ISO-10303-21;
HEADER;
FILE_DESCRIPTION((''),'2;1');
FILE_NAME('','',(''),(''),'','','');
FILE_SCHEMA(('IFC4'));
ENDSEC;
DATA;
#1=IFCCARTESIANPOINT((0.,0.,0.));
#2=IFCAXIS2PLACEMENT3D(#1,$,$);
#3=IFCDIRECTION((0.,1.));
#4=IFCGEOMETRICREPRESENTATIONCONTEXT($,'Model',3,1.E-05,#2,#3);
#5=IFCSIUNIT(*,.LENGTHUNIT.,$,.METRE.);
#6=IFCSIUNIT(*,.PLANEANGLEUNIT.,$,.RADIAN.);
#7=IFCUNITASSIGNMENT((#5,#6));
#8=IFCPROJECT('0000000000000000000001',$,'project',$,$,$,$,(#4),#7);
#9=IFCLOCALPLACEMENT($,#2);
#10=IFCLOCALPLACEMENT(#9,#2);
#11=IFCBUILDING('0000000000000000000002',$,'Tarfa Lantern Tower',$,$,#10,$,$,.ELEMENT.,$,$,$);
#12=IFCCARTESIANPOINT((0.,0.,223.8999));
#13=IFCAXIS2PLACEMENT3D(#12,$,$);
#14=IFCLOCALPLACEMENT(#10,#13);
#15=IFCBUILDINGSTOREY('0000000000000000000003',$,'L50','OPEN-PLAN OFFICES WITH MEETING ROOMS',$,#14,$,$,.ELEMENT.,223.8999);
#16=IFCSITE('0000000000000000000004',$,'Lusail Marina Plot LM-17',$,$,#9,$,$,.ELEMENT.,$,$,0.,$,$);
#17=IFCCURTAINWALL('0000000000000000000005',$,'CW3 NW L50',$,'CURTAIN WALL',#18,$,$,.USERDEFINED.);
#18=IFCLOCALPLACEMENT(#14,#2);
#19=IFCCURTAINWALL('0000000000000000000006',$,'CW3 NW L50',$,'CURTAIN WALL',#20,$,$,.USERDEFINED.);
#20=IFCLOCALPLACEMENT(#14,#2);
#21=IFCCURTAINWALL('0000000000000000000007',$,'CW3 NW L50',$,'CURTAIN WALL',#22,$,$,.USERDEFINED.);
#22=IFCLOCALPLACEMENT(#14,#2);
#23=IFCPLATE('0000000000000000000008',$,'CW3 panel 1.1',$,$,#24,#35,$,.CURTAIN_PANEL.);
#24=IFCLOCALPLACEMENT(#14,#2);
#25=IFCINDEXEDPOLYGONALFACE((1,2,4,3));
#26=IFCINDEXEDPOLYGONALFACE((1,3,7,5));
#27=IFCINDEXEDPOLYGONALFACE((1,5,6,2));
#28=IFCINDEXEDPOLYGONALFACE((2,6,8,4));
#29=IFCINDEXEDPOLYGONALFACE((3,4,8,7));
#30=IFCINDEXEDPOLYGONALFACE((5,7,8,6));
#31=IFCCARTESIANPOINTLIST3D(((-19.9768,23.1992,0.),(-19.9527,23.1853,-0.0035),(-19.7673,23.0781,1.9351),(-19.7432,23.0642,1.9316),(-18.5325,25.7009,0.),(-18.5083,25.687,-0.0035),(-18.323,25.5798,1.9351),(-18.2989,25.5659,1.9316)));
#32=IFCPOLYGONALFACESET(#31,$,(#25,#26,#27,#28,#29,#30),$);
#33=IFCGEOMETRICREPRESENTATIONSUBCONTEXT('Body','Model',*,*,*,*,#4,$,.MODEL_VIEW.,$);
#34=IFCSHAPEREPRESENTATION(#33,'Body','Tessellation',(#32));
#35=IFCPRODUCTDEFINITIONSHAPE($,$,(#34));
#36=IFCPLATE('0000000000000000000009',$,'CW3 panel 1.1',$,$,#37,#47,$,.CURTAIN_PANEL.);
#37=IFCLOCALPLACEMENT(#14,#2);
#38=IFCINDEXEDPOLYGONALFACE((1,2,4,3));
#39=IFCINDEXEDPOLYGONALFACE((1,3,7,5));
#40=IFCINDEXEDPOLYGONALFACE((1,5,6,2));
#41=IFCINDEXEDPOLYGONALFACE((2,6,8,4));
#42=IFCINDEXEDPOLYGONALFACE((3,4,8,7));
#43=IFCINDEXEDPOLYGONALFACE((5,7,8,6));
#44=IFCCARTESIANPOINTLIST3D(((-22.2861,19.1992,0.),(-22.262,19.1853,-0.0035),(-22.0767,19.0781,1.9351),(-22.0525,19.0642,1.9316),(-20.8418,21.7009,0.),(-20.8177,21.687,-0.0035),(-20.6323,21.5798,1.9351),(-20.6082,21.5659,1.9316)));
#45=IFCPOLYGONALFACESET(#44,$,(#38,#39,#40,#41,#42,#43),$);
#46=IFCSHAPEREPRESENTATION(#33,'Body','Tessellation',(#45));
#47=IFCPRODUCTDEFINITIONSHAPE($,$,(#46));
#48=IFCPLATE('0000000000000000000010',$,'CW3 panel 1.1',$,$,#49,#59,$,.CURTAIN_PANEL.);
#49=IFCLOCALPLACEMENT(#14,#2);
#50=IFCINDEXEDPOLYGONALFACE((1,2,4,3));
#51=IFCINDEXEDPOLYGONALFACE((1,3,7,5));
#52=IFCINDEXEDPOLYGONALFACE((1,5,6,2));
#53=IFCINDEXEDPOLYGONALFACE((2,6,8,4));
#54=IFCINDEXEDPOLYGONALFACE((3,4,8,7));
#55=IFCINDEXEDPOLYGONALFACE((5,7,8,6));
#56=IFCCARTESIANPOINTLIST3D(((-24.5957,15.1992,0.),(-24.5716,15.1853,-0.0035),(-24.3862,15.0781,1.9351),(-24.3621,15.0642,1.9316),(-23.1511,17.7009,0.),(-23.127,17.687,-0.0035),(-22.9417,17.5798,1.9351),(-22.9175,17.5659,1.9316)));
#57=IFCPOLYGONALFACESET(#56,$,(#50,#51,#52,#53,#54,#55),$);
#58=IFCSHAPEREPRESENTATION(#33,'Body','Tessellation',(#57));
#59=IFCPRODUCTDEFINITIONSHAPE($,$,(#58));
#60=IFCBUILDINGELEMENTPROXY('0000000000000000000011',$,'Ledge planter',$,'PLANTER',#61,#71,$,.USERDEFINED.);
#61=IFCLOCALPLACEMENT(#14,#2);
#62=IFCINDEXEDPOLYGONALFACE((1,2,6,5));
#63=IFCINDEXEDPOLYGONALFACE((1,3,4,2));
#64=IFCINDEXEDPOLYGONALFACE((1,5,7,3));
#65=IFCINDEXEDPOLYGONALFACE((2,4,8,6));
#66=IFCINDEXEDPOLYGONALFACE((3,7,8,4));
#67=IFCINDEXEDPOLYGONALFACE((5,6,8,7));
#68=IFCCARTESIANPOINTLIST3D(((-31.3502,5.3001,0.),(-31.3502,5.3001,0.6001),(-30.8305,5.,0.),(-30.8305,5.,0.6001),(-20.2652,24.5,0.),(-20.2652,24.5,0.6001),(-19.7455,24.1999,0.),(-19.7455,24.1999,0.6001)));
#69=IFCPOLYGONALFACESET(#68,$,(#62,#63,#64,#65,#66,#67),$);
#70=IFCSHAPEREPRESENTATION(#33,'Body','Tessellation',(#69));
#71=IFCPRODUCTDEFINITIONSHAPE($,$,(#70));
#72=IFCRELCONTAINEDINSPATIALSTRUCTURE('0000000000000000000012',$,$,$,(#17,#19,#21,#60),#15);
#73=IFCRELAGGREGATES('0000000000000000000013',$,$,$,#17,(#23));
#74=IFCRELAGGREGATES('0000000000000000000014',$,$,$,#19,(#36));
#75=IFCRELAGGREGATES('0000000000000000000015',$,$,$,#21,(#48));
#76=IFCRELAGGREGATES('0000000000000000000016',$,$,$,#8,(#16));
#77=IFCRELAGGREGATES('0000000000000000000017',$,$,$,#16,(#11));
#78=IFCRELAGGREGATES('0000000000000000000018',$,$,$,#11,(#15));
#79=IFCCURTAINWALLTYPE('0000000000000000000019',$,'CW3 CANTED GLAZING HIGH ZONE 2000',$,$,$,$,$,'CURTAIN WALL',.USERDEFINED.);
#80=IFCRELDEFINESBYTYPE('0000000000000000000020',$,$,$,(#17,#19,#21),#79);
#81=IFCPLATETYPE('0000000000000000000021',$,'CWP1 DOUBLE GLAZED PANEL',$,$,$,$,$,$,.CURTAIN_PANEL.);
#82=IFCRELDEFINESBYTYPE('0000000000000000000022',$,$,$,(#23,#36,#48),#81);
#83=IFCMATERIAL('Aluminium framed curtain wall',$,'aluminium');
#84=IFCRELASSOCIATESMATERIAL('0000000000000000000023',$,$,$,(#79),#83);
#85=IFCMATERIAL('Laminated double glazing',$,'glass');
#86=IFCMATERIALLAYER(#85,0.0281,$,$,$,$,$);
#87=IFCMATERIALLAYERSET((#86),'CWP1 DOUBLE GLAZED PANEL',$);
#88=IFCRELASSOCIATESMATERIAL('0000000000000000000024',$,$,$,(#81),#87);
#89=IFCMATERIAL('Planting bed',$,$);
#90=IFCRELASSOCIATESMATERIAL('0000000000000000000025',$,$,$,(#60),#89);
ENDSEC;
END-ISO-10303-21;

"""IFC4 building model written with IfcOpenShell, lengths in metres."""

from ifc_helpers import new_model, si_unit, direction, frame, origin, origin_2d, place, context, subcontext, project, spatial, polyline, rectangle, outline, extrude, material, layer, layer_set, type_object, element, aggregate, save


model = new_model("IFC4")

# Units and contexts
model_context = context("Model", 3, precision=1e-05, world=origin(), true_north=direction((0.0, 1.0)))
body_context = subcontext(model_context, "Body", "Model", "MODEL_VIEW")
ifc_project = project(units=[si_unit("LENGTHUNIT", "METRE"), si_unit("PLANEANGLEUNIT", "RADIAN")], contexts=[model_context])

# Site, building, storey
site_placement = place(None, origin())
site = spatial("IfcSite", under=ifc_project, at=site_placement, Name="Lusail Marina Plot LM-17", CompositionType="ELEMENT", RefElevation=0.0)
building_placement = place(site_placement, origin())
building = spatial("IfcBuilding", under=site, at=building_placement, Name="Tarfa Lantern Tower", CompositionType="ELEMENT")
storey_placement = place(building_placement, frame((0.0, 0.0, 223.8999)))
storey = spatial("IfcBuildingStorey", under=building, at=storey_placement, Name="L50", Description="OPEN-PLAN OFFICES WITH MEETING ROOMS", CompositionType="ELEMENT", Elevation=223.8999)

# Curtain wall
ifc_material_1 = material(Name="Aluminium framed curtain wall", Category="aluminium")
curtain_wall_type = type_object("IfcCurtainWallType", Name="CW3 CANTED GLAZING HIGH ZONE 2000", ElementType="CURTAIN WALL", PredefinedType="USERDEFINED", material=ifc_material_1)
curtain_wall_1_placement = place(storey_placement, origin())
curtain_wall_1 = element("IfcCurtainWall", 1, at=curtain_wall_1_placement, inside=storey, type_object=curtain_wall_type, Name="CW3 NW L50", ObjectType="CURTAIN WALL", PredefinedType="USERDEFINED")

# Curtain walls
curtain_wall_2_placement = place(storey_placement, origin())
curtain_wall_2 = element("IfcCurtainWall", 2, at=curtain_wall_2_placement, inside=storey, type_object=curtain_wall_type, Name="CW3 NW L50", ObjectType="CURTAIN WALL", PredefinedType="USERDEFINED")
curtain_wall_3_placement = place(storey_placement, origin())
curtain_wall_3 = element("IfcCurtainWall", 3, at=curtain_wall_3_placement, inside=storey, type_object=curtain_wall_type, Name="CW3 NW L50", ObjectType="CURTAIN WALL", PredefinedType="USERDEFINED")

# Plates
ifc_material_2 = material(Name="Laminated double glazing", Category="glass")
ifc_layer = layer(ifc_material_2, 0.0281)
ifc_layer_set = layer_set([ifc_layer], Name="CWP1 DOUBLE GLAZED PANEL")
plate_type = type_object("IfcPlateType", Name="CWP1 DOUBLE GLAZED PANEL", PredefinedType="CURTAIN_PANEL", material=ifc_layer_set)
plate_1_placement = place(storey_placement, frame((-18.5325, 25.7009, 0.0), z_axis=(-0.859338, 0.49613, 0.124072), x_axis=(-0.499993, -0.866029, 0.0)))
plate_1 = element("IfcPlate", 4, at=plate_1_placement, type_object=plate_type, Name="CW3 panel 1.1", PredefinedType="CURTAIN_PANEL", context=body_context, shape_type="SweptSolid", body=[
    extrude(outline(polyline([(0.0, 0.0), (2.8887, 0.0), (2.8888, 1.9501), (0.0001, 1.9501), (0.0, 0.0)])), origin(), (0.0, 0.0, -1.0), 0.0281),
])
aggregate(curtain_wall_1, [plate_1])
plate_2_placement = place(storey_placement, frame((-20.8418, 21.7009, 0.0), z_axis=(-0.859338, 0.49613, 0.124072), x_axis=(-0.499993, -0.866029, 0.0)))
plate_2 = element("IfcPlate", 5, at=plate_2_placement, type_object=plate_type, Name="CW3 panel 1.1", PredefinedType="CURTAIN_PANEL", context=body_context, shape_type="SweptSolid", body=[
    extrude(outline(polyline([(0.0, 0.0), (2.8887, 0.0), (2.8888, 1.9501), (0.0001, 1.9501), (0.0, 0.0)])), origin(), (0.0, 0.0, -1.0), 0.0281),
])
aggregate(curtain_wall_2, [plate_2])
plate_3_placement = place(storey_placement, frame((-23.1511, 17.7009, 0.0), z_axis=(-0.859301, 0.496193, 0.124072), x_axis=(-0.500057, -0.865993, 0.0)))
plate_3 = element("IfcPlate", 6, at=plate_3_placement, type_object=plate_type, Name="CW3 panel 1.1", PredefinedType="CURTAIN_PANEL", context=body_context, shape_type="SweptSolid", body=[
    extrude(outline(polyline([(0.0, 0.0), (2.8888, 0.0), (2.889, 1.9501), (0.0001, 1.9501), (0.0, 0.0)])), origin(), (0.0, 0.0, -1.0), 0.0281),
])
aggregate(curtain_wall_3, [plate_3])

# Building element proxy
ifc_material_3 = material(Name="Planting bed")
proxy_placement = place(storey_placement, frame((-25.5479, 14.75, 0.0), z_axis=(0.0, 0.0, 1.0), x_axis=(-0.5, -0.866025, 0.0)))
element("IfcBuildingElementProxy", 7, at=proxy_placement, inside=storey, material=ifc_material_3, Name="Ledge planter", ObjectType="PLANTER", PredefinedType="USERDEFINED", context=body_context, shape_type="SweptSolid", body=[
    extrude(rectangle(XDim=22.1702, YDim=0.6001, at=origin_2d()), origin(), (0.0, 0.0, 1.0), 0.6001),
])

save(model, "model.ifc")
